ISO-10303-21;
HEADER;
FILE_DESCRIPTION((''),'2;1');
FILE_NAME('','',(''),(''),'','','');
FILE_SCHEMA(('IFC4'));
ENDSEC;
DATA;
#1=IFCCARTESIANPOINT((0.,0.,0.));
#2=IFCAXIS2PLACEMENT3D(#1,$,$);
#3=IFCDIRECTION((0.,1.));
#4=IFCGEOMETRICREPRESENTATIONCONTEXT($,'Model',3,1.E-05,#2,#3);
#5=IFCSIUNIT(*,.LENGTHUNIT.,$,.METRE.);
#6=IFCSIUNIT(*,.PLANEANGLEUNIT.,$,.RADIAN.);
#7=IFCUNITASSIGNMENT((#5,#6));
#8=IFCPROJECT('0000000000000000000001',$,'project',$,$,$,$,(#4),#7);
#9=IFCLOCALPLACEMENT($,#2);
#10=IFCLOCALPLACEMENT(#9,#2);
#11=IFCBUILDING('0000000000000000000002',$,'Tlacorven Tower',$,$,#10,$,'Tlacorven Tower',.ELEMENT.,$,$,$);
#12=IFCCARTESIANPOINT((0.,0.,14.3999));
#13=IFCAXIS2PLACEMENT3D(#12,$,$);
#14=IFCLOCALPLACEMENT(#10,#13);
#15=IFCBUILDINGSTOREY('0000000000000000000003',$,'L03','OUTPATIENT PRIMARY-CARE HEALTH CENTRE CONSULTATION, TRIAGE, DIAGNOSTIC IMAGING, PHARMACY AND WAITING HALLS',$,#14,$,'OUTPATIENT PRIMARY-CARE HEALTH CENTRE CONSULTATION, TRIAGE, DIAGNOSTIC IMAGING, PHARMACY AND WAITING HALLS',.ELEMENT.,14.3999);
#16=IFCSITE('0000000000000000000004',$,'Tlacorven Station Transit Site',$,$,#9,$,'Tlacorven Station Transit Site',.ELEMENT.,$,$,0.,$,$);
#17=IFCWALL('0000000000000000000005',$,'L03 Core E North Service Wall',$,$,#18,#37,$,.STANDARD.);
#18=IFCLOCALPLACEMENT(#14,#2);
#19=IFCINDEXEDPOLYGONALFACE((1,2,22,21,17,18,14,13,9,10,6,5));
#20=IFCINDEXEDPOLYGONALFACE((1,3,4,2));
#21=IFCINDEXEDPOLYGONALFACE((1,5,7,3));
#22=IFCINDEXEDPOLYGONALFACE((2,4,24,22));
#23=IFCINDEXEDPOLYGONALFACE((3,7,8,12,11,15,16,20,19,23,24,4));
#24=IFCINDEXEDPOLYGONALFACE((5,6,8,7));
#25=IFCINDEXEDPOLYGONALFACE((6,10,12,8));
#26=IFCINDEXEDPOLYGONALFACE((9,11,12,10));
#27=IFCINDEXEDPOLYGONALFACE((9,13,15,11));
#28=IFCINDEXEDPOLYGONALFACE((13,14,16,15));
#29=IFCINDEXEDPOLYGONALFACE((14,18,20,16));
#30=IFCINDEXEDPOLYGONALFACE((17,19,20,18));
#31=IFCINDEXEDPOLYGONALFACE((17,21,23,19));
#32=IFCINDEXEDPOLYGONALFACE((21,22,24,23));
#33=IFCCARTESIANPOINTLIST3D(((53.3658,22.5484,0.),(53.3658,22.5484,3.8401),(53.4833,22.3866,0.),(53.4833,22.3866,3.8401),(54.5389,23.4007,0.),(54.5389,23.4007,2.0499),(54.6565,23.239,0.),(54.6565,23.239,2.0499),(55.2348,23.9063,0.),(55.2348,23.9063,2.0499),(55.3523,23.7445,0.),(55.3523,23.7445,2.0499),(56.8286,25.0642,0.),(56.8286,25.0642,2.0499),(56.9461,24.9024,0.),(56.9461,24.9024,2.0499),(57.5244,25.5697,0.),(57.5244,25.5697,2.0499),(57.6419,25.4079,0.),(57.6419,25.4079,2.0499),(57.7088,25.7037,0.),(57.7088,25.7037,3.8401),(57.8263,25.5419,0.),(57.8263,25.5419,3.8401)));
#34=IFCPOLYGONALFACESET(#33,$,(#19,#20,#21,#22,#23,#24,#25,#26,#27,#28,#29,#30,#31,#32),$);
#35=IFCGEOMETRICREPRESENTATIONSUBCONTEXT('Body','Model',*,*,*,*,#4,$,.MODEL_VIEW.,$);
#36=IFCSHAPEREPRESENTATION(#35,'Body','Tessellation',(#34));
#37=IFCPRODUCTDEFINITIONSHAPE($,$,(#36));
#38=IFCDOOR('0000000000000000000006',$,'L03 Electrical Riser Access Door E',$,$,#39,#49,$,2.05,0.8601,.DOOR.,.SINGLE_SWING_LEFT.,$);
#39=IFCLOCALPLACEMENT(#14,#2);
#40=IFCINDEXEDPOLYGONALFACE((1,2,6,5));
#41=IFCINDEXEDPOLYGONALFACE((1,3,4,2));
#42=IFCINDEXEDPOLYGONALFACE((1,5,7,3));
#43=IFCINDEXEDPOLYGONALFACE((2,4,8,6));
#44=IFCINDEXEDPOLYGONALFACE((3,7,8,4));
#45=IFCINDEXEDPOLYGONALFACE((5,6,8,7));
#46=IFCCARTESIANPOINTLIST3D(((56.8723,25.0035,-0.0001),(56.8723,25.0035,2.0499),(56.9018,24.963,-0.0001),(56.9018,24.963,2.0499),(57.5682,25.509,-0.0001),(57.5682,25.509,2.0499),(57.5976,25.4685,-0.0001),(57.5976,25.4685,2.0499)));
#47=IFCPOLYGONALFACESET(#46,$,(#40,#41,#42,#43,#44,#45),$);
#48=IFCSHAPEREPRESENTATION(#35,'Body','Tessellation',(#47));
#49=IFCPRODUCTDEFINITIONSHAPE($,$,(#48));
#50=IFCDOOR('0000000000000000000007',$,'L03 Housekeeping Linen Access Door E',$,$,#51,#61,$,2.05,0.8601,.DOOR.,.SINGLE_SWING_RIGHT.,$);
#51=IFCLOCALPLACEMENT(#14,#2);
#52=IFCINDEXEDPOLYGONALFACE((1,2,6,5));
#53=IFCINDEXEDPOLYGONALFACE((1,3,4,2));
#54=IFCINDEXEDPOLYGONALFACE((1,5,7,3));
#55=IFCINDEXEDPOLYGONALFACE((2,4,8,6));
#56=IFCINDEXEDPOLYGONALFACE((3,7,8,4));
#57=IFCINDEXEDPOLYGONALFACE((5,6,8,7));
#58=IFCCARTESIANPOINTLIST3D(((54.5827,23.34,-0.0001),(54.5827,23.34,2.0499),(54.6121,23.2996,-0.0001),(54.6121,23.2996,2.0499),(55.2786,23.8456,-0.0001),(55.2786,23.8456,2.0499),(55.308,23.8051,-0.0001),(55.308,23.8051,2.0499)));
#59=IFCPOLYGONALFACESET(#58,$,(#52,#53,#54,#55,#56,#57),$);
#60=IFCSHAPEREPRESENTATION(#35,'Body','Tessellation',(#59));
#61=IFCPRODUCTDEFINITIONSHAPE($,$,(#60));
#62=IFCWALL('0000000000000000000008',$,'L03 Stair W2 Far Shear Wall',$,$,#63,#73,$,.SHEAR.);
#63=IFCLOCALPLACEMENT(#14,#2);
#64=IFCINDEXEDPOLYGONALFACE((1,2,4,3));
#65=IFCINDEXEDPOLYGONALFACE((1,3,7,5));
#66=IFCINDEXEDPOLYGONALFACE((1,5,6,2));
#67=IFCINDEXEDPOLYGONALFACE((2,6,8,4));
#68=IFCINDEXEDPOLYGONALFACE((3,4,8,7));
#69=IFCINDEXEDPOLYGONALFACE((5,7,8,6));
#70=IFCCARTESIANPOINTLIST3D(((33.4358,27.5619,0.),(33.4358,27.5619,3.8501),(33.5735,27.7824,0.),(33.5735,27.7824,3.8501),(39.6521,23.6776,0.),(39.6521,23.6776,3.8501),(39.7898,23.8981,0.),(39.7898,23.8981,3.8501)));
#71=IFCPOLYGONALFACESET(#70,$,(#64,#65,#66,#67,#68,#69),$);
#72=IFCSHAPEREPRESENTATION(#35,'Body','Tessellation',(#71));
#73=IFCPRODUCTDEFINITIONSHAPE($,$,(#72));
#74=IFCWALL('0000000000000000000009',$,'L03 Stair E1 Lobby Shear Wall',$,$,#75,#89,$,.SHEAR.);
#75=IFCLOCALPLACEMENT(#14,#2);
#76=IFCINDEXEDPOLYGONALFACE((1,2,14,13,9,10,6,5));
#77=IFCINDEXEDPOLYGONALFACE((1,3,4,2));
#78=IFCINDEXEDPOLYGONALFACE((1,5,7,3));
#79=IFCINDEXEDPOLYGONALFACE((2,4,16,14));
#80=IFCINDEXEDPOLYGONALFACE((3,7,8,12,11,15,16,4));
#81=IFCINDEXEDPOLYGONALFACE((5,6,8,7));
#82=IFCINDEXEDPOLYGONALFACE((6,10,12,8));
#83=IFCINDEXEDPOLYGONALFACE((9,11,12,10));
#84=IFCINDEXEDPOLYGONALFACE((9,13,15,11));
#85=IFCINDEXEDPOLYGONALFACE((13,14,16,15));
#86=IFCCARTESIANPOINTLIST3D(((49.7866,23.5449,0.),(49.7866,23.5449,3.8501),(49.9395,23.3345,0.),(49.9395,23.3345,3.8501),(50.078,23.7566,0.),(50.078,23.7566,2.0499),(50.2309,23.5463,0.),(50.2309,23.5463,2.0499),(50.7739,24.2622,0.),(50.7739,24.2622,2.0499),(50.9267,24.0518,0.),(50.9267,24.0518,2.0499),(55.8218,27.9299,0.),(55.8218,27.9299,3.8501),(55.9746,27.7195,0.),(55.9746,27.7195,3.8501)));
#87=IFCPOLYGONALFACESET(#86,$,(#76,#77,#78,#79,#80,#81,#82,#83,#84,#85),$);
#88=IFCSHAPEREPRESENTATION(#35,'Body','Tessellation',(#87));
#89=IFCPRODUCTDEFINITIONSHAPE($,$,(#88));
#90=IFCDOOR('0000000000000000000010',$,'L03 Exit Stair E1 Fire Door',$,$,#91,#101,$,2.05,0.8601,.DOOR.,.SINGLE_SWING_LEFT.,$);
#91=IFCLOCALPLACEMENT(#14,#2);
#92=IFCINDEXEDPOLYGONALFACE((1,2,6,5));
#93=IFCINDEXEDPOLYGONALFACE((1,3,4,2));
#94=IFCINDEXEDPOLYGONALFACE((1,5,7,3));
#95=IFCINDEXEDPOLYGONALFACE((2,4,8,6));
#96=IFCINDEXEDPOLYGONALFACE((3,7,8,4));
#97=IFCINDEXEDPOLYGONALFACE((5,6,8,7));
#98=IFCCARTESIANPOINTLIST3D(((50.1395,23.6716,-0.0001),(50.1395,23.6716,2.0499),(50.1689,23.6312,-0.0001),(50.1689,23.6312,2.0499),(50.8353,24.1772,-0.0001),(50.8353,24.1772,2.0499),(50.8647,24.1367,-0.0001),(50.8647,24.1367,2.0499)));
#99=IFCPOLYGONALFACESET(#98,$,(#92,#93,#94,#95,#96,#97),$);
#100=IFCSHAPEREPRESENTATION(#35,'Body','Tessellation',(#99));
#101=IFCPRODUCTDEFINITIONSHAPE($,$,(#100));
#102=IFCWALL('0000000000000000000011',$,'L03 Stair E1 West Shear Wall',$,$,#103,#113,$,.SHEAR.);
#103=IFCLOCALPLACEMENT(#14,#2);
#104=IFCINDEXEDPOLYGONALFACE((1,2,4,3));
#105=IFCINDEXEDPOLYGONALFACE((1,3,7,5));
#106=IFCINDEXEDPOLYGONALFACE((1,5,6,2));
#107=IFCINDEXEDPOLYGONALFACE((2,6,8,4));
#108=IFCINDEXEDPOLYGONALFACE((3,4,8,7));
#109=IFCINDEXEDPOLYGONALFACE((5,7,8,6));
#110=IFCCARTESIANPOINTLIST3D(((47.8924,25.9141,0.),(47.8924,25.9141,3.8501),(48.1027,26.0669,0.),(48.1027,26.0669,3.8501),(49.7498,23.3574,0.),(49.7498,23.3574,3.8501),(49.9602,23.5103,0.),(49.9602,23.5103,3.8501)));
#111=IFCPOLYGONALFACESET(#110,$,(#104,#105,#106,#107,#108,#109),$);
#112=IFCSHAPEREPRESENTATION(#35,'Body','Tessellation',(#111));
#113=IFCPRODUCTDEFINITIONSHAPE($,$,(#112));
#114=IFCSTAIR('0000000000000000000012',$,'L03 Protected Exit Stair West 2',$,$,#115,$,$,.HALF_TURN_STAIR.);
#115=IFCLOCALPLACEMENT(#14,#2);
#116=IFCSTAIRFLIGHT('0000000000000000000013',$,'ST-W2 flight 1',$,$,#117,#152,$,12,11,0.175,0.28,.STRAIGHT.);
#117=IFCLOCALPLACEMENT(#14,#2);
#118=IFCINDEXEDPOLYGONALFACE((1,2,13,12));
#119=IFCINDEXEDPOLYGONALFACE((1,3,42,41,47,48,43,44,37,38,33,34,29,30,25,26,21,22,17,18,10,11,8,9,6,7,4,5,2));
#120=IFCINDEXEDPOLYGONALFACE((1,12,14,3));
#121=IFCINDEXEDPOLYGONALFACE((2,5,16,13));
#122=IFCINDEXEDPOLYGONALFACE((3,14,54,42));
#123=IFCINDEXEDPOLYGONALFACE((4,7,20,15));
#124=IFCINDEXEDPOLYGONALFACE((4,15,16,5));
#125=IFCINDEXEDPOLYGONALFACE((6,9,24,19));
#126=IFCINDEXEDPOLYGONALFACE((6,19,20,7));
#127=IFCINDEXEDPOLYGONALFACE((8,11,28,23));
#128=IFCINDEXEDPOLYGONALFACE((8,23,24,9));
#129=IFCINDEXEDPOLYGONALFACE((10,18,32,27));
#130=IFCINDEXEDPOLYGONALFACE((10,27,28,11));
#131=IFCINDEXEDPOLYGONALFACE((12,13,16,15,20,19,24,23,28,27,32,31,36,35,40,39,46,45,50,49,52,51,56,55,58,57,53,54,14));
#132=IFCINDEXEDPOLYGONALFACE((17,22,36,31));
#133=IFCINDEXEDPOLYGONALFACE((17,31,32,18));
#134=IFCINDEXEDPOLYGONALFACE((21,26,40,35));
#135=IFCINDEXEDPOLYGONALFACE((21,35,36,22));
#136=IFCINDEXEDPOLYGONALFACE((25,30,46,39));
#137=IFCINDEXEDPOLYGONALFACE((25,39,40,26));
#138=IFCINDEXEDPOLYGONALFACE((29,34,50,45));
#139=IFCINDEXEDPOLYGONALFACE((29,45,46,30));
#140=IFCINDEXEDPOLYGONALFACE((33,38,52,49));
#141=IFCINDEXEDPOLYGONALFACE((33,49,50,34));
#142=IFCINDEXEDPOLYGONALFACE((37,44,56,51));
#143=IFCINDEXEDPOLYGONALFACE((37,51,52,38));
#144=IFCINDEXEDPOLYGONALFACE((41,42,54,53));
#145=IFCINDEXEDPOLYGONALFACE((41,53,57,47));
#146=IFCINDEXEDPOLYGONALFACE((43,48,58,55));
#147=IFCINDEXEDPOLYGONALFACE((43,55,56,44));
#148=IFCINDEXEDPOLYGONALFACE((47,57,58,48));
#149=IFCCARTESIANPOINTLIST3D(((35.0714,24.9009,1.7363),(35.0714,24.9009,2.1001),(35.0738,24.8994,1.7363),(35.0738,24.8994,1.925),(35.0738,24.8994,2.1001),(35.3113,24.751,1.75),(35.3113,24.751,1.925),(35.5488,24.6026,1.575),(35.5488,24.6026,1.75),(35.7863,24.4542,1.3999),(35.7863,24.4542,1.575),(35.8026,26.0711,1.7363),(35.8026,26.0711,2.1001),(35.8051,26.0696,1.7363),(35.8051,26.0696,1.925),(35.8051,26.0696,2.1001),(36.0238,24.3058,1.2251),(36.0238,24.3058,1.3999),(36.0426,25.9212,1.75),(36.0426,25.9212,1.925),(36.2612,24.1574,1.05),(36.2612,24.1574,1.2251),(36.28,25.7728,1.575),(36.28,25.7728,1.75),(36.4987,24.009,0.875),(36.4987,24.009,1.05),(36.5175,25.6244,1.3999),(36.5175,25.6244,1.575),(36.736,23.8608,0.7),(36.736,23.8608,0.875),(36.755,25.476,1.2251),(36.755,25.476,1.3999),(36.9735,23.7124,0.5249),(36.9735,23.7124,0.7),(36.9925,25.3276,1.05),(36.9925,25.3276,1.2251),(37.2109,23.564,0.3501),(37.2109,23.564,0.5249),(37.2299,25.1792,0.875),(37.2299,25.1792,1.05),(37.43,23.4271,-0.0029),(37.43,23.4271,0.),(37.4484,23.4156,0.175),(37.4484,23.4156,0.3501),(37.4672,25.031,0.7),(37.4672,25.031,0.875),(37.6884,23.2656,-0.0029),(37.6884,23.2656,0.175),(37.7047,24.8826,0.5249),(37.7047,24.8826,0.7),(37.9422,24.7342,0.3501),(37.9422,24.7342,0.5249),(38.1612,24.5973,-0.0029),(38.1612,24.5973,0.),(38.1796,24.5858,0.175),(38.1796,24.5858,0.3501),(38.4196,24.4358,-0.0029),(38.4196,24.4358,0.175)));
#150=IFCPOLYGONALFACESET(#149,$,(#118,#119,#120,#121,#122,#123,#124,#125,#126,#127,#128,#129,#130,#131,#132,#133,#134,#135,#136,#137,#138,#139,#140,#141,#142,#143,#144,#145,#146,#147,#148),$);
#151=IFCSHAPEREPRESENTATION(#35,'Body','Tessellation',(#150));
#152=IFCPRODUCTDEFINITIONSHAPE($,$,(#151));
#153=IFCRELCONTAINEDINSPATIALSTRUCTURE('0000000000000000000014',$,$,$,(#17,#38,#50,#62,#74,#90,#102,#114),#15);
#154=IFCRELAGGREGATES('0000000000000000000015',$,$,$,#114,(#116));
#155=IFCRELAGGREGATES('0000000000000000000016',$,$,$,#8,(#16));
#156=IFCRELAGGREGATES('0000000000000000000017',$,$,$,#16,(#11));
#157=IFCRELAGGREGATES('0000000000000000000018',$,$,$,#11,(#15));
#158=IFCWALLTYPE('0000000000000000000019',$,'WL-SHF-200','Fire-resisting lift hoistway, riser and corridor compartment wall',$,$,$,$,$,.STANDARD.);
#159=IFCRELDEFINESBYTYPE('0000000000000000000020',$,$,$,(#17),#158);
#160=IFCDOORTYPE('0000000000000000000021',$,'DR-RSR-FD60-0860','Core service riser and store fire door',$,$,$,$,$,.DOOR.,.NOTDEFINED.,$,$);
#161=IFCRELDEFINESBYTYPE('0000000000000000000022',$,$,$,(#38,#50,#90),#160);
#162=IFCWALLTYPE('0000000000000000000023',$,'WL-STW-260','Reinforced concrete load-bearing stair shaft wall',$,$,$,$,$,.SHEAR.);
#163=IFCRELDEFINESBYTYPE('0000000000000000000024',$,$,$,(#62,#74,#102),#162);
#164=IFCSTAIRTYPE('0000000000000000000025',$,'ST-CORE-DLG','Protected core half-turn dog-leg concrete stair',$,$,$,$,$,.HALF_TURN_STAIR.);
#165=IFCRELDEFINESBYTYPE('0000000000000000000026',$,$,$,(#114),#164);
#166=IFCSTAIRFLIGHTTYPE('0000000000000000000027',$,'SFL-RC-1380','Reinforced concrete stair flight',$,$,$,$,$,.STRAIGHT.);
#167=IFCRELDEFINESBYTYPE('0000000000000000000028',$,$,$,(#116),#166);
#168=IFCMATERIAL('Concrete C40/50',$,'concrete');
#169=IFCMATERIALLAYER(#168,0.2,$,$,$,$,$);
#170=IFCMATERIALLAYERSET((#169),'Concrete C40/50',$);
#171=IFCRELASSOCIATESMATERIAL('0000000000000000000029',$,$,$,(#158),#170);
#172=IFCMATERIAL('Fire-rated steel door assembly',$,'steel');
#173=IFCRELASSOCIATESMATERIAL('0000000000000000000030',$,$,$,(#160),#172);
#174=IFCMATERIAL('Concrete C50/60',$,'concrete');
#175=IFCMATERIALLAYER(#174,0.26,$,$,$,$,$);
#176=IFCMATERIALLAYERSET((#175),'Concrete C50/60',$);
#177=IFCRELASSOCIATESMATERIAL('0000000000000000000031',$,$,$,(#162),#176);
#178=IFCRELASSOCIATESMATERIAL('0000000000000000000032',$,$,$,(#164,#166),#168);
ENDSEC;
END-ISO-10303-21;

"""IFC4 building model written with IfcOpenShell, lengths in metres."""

from ifc_helpers import new_model, si_unit, direction, frame, frame_2d, origin, place, context, subcontext, project, spatial, polyline, rectangle, outline, extrude, source, transform, mapped, material, layer, layer_set, type_object, element, fill, aggregate, save


model = new_model("IFC4")

# Units and contexts
model_context = context("Model", 3, precision=1e-05, world=origin(), true_north=direction((0.0, 1.0)))
body_context = subcontext(model_context, "Body", "Model", "MODEL_VIEW")
ifc_project = project(units=[si_unit("LENGTHUNIT", "METRE"), si_unit("PLANEANGLEUNIT", "RADIAN")], contexts=[model_context])

# Site, building, storey
site_placement = place(None, origin())
site = spatial("IfcSite", under=ifc_project, at=site_placement, Name="Tlacorven Station Transit Site", LongName="Tlacorven Station Transit Site", CompositionType="ELEMENT", RefElevation=0.0)
building_placement = place(site_placement, origin())
building = spatial("IfcBuilding", under=site, at=building_placement, Name="Tlacorven Tower", LongName="Tlacorven Tower", CompositionType="ELEMENT")
storey_placement = place(building_placement, frame((0.0, 0.0, 14.3999)))
storey = spatial("IfcBuildingStorey", under=building, at=storey_placement, Name="L03", Description="OUTPATIENT PRIMARY-CARE HEALTH CENTRE CONSULTATION, TRIAGE, DIAGNOSTIC IMAGING, PHARMACY AND WAITING HALLS", LongName="OUTPATIENT PRIMARY-CARE HEALTH CENTRE CONSULTATION, TRIAGE, DIAGNOSTIC IMAGING, PHARMACY AND WAITING HALLS", CompositionType="ELEMENT", Elevation=14.3999)

# Shared definitions
ifc_material_1 = material(Name="Concrete C40/50", Category="concrete")
ifc_layer_1 = layer(ifc_material_1, 0.2)
ifc_layer_set_1 = layer_set([ifc_layer_1], Name="Concrete C40/50")
wall_type_1 = type_object("IfcWallType", Name="WL-SHF-200", Description="Fire-resisting lift hoistway, riser and corridor compartment wall", PredefinedType="STANDARD", material=ifc_layer_set_1)
ifc_material_2 = material(Name="Fire-rated steel door assembly", Category="steel")

# Wall, openings, doors
wall_1_placement = place(storey_placement, frame((53.4246, 22.4675, 0.0), z_axis=(0.0, 0.0, 1.0), x_axis=(0.809027, 0.587771, 0.0)))
wall_1 = element("IfcWall", 1, at=wall_1_placement, inside=storey, type_object=wall_type_1, Name="L03 Core E North Service Wall", PredefinedType="STANDARD", context=body_context, shape_type="SweptSolid", body=[
    extrude(rectangle(XDim=5.3682, YDim=0.2, at=frame_2d((2.6841, 0.0))), origin(), (0.0, 0.0, 1.0), 3.8401),
])
opening_1_placement = place(wall_1_placement, frame((4.28, 0.0, 0.0)))
opening_1 = element("IfcOpeningElement", 2, at=opening_1_placement, cuts=wall_1, PredefinedType="OPENING", context=body_context, shape_type="SweptSolid", body=[
    extrude(rectangle(XDim=0.8601, YDim=2.05, at=frame_2d((0.4302, 1.0249))), frame((0.0, 0.1099, 0.0), z_axis=(0.0, -1.0, 0.0), x_axis=(1.0, 0.0, 0.0)), (0.0, 0.0, 1.0), 0.22),
])
opening_2_placement = place(wall_1_placement, frame((1.45, 0.0, 0.0)))
opening_2 = element("IfcOpeningElement", 3, at=opening_2_placement, cuts=wall_1, PredefinedType="OPENING", context=body_context, shape_type="SweptSolid", body=[
    extrude(rectangle(XDim=0.8601, YDim=2.05, at=frame_2d((0.4302, 1.0249))), frame((0.0, 0.1099, 0.0), z_axis=(0.0, -1.0, 0.0), x_axis=(1.0, 0.0, 0.0)), (0.0, 0.0, 1.0), 0.22),
])
door_type_1 = type_object("IfcDoorType", Name="DR-RSR-FD60-0860", Description="Core service riser and store fire door", OperationType="NOTDEFINED", PredefinedType="DOOR", material=ifc_material_2)
shared_shape_1 = source(origin(), body_context, "Body", "SweptSolid", [
    extrude(rectangle(XDim=0.8601, YDim=2.05, at=frame_2d((0.4302, 1.0249))), frame((0.0, 0.0249, 0.0), z_axis=(0.0, -1.0, 0.0), x_axis=(1.0, 0.0, 0.0)), (0.0, 0.0, 1.0), 0.05),
])
door_1_placement = place(opening_1_placement, frame((0.8601, 0.0, 0.0), z_axis=(0.0, 0.0, 1.0), x_axis=(-1.0, 0.0, 0.0)))
door_1 = element("IfcDoor", 4, at=door_1_placement, inside=storey, type_object=door_type_1, Name="L03 Electrical Riser Access Door E", OperationType="SINGLE_SWING_LEFT", OverallHeight=2.05, OverallWidth=0.8601, PredefinedType="DOOR", context=body_context, shape_type="MappedRepresentation", body=[
    mapped(shared_shape_1, transform((0.0, 0.0, 0.0), scale=1.0)),
])
fill(opening_1, door_1)
door_2_placement = place(opening_2_placement, frame((0.8601, 0.0, 0.0), z_axis=(0.0, 0.0, 1.0), x_axis=(-1.0, 0.0, 0.0)))
door_2 = element("IfcDoor", 5, at=door_2_placement, inside=storey, type_object=door_type_1, Name="L03 Housekeeping Linen Access Door E", OperationType="SINGLE_SWING_RIGHT", OverallHeight=2.05, OverallWidth=0.8601, PredefinedType="DOOR", context=body_context, shape_type="MappedRepresentation", body=[
    mapped(shared_shape_1, transform((0.0, 0.0, 0.0), scale=1.0)),
])
fill(opening_2, door_2)

# Wall
ifc_material_3 = material(Name="Concrete C50/60", Category="concrete")
ifc_layer_2 = layer(ifc_material_3, 0.26)
ifc_layer_set_2 = layer_set([ifc_layer_2], Name="Concrete C50/60")
wall_type_2 = type_object("IfcWallType", Name="WL-STW-260", Description="Reinforced concrete load-bearing stair shaft wall", PredefinedType="SHEAR", material=ifc_layer_set_2)
wall_2_placement = place(storey_placement, frame((39.7209, 23.7878, 0.0), z_axis=(0.0, 0.0, 1.0), x_axis=(-0.848054, 0.529909, 0.0)))
element("IfcWall", 6, at=wall_2_placement, inside=storey, type_object=wall_type_2, Name="L03 Stair W2 Far Shear Wall", PredefinedType="SHEAR", context=body_context, shape_type="SweptSolid", body=[
    extrude(rectangle(XDim=7.3301, YDim=0.26, at=frame_2d((3.665, 0.0))), origin(), (0.0, 0.0, 1.0), 3.8501),
])

# Wall, opening, door
wall_3_placement = place(storey_placement, frame((49.863, 23.4397, 0.0), z_axis=(0.0, 0.0, 1.0), x_axis=(0.809003, 0.587804, 0.0)))
wall_3 = element("IfcWall", 7, at=wall_3_placement, inside=storey, type_object=wall_type_2, Name="L03 Stair E1 Lobby Shear Wall", PredefinedType="SHEAR", context=body_context, shape_type="SweptSolid", body=[
    extrude(rectangle(XDim=7.46, YDim=0.26, at=frame_2d((3.73, 0.0))), origin(), (0.0, 0.0, 1.0), 3.8501),
])
opening_3_placement = place(wall_3_placement, frame((0.3601, 0.0, 0.0)))
opening_3 = element("IfcOpeningElement", 8, at=opening_3_placement, cuts=wall_3, PredefinedType="OPENING", context=body_context, shape_type="SweptSolid", body=[
    extrude(rectangle(XDim=0.8601, YDim=2.05, at=frame_2d((0.4302, 1.0249))), frame((0.0, 0.1401, 0.0), z_axis=(0.0, -1.0, 0.0), x_axis=(1.0, 0.0, 0.0)), (0.0, 0.0, 1.0), 0.28),
])
door_3_placement = place(opening_3_placement, frame((0.8601, 0.0, 0.0), z_axis=(0.0, 0.0, 1.0), x_axis=(-1.0, 0.0, 0.0)))
door_3 = element("IfcDoor", 9, at=door_3_placement, inside=storey, type_object=door_type_1, Name="L03 Exit Stair E1 Fire Door", OperationType="SINGLE_SWING_LEFT", OverallHeight=2.05, OverallWidth=0.8601, PredefinedType="DOOR", context=body_context, shape_type="MappedRepresentation", body=[
    mapped(shared_shape_1, transform((0.0, 0.0, 0.0), scale=1.0)),
])
fill(opening_3, door_3)

# Wall
wall_4_placement = place(storey_placement, frame((49.855, 23.4338, 0.0), z_axis=(0.0, 0.0, 1.0), x_axis=(-0.587767, 0.80903, 0.0)))
element("IfcWall", 10, at=wall_4_placement, inside=storey, type_object=wall_type_2, Name="L03 Stair E1 West Shear Wall", PredefinedType="SHEAR", context=body_context, shape_type="SweptSolid", body=[
    extrude(rectangle(XDim=3.1602, YDim=0.26, at=frame_2d((1.5801, 0.0))), origin(), (0.0, 0.0, 1.0), 3.8501),
])

# Stair, stair flight
stair_type = type_object("IfcStairType", Name="ST-CORE-DLG", Description="Protected core half-turn dog-leg concrete stair", PredefinedType="HALF_TURN_STAIR", material=ifc_material_1)
stair_placement = place(storey_placement, origin())
stair = element("IfcStair", 11, at=stair_placement, inside=storey, type_object=stair_type, Name="L03 Protected Exit Stair West 2", PredefinedType="HALF_TURN_STAIR")
stair_flight_type = type_object("IfcStairFlightType", Name="SFL-RC-1380", Description="Reinforced concrete stair flight", PredefinedType="STRAIGHT", material=ifc_material_1)
shared_shape_2 = source(origin(), body_context, "Body", "SweptSolid", [
    extrude(outline(polyline([(-0.0029, -0.0029), (-0.0029, 0.175), (0.28, 0.175), (0.28, 0.3501), (0.5601, 0.3501), (0.5601, 0.5249), (0.8401, 0.5249), (0.8401, 0.7), (1.1201, 0.7), (1.1201, 0.875), (1.3999, 0.875), (1.3999, 1.05), (1.6799, 1.05), (1.6799, 1.2251), (1.96, 1.2251), (1.96, 1.3999), (2.24, 1.3999), (2.24, 1.575), (2.52, 1.575), (2.52, 1.75), (2.8, 1.75), (2.8, 1.925), (3.0801, 1.925), (3.0801, 2.1001), (3.083, 2.1001), (3.083, 1.7363), (3.0801, 1.7363), (0.3018, 0.0), (0.3018, -0.0029), (-0.0029, -0.0029)])), frame((0.0, 0.6899, 0.0), z_axis=(0.0, -1.0, 0.0), x_axis=(1.0, 0.0, 0.0)), (0.0, 0.0, 1.0), 1.3799),
])
stair_flight_placement = place(storey_placement, frame((38.0515, 23.8523, 0.0), z_axis=(0.0, 0.0, 1.0), x_axis=(-0.848048, 0.529919, 0.0)))
stair_flight = element("IfcStairFlight", 12, at=stair_flight_placement, type_object=stair_flight_type, Name="ST-W2 flight 1", NumberOfRisers=12, NumberOfTreads=11, PredefinedType="STRAIGHT", RiserHeight=0.175, TreadLength=0.28, context=body_context, shape_type="MappedRepresentation", body=[
    mapped(shared_shape_2, transform((0.0, 0.0, 0.0), scale=1.0)),
])
aggregate(stair, [stair_flight])

save(model, "model.ifc")
